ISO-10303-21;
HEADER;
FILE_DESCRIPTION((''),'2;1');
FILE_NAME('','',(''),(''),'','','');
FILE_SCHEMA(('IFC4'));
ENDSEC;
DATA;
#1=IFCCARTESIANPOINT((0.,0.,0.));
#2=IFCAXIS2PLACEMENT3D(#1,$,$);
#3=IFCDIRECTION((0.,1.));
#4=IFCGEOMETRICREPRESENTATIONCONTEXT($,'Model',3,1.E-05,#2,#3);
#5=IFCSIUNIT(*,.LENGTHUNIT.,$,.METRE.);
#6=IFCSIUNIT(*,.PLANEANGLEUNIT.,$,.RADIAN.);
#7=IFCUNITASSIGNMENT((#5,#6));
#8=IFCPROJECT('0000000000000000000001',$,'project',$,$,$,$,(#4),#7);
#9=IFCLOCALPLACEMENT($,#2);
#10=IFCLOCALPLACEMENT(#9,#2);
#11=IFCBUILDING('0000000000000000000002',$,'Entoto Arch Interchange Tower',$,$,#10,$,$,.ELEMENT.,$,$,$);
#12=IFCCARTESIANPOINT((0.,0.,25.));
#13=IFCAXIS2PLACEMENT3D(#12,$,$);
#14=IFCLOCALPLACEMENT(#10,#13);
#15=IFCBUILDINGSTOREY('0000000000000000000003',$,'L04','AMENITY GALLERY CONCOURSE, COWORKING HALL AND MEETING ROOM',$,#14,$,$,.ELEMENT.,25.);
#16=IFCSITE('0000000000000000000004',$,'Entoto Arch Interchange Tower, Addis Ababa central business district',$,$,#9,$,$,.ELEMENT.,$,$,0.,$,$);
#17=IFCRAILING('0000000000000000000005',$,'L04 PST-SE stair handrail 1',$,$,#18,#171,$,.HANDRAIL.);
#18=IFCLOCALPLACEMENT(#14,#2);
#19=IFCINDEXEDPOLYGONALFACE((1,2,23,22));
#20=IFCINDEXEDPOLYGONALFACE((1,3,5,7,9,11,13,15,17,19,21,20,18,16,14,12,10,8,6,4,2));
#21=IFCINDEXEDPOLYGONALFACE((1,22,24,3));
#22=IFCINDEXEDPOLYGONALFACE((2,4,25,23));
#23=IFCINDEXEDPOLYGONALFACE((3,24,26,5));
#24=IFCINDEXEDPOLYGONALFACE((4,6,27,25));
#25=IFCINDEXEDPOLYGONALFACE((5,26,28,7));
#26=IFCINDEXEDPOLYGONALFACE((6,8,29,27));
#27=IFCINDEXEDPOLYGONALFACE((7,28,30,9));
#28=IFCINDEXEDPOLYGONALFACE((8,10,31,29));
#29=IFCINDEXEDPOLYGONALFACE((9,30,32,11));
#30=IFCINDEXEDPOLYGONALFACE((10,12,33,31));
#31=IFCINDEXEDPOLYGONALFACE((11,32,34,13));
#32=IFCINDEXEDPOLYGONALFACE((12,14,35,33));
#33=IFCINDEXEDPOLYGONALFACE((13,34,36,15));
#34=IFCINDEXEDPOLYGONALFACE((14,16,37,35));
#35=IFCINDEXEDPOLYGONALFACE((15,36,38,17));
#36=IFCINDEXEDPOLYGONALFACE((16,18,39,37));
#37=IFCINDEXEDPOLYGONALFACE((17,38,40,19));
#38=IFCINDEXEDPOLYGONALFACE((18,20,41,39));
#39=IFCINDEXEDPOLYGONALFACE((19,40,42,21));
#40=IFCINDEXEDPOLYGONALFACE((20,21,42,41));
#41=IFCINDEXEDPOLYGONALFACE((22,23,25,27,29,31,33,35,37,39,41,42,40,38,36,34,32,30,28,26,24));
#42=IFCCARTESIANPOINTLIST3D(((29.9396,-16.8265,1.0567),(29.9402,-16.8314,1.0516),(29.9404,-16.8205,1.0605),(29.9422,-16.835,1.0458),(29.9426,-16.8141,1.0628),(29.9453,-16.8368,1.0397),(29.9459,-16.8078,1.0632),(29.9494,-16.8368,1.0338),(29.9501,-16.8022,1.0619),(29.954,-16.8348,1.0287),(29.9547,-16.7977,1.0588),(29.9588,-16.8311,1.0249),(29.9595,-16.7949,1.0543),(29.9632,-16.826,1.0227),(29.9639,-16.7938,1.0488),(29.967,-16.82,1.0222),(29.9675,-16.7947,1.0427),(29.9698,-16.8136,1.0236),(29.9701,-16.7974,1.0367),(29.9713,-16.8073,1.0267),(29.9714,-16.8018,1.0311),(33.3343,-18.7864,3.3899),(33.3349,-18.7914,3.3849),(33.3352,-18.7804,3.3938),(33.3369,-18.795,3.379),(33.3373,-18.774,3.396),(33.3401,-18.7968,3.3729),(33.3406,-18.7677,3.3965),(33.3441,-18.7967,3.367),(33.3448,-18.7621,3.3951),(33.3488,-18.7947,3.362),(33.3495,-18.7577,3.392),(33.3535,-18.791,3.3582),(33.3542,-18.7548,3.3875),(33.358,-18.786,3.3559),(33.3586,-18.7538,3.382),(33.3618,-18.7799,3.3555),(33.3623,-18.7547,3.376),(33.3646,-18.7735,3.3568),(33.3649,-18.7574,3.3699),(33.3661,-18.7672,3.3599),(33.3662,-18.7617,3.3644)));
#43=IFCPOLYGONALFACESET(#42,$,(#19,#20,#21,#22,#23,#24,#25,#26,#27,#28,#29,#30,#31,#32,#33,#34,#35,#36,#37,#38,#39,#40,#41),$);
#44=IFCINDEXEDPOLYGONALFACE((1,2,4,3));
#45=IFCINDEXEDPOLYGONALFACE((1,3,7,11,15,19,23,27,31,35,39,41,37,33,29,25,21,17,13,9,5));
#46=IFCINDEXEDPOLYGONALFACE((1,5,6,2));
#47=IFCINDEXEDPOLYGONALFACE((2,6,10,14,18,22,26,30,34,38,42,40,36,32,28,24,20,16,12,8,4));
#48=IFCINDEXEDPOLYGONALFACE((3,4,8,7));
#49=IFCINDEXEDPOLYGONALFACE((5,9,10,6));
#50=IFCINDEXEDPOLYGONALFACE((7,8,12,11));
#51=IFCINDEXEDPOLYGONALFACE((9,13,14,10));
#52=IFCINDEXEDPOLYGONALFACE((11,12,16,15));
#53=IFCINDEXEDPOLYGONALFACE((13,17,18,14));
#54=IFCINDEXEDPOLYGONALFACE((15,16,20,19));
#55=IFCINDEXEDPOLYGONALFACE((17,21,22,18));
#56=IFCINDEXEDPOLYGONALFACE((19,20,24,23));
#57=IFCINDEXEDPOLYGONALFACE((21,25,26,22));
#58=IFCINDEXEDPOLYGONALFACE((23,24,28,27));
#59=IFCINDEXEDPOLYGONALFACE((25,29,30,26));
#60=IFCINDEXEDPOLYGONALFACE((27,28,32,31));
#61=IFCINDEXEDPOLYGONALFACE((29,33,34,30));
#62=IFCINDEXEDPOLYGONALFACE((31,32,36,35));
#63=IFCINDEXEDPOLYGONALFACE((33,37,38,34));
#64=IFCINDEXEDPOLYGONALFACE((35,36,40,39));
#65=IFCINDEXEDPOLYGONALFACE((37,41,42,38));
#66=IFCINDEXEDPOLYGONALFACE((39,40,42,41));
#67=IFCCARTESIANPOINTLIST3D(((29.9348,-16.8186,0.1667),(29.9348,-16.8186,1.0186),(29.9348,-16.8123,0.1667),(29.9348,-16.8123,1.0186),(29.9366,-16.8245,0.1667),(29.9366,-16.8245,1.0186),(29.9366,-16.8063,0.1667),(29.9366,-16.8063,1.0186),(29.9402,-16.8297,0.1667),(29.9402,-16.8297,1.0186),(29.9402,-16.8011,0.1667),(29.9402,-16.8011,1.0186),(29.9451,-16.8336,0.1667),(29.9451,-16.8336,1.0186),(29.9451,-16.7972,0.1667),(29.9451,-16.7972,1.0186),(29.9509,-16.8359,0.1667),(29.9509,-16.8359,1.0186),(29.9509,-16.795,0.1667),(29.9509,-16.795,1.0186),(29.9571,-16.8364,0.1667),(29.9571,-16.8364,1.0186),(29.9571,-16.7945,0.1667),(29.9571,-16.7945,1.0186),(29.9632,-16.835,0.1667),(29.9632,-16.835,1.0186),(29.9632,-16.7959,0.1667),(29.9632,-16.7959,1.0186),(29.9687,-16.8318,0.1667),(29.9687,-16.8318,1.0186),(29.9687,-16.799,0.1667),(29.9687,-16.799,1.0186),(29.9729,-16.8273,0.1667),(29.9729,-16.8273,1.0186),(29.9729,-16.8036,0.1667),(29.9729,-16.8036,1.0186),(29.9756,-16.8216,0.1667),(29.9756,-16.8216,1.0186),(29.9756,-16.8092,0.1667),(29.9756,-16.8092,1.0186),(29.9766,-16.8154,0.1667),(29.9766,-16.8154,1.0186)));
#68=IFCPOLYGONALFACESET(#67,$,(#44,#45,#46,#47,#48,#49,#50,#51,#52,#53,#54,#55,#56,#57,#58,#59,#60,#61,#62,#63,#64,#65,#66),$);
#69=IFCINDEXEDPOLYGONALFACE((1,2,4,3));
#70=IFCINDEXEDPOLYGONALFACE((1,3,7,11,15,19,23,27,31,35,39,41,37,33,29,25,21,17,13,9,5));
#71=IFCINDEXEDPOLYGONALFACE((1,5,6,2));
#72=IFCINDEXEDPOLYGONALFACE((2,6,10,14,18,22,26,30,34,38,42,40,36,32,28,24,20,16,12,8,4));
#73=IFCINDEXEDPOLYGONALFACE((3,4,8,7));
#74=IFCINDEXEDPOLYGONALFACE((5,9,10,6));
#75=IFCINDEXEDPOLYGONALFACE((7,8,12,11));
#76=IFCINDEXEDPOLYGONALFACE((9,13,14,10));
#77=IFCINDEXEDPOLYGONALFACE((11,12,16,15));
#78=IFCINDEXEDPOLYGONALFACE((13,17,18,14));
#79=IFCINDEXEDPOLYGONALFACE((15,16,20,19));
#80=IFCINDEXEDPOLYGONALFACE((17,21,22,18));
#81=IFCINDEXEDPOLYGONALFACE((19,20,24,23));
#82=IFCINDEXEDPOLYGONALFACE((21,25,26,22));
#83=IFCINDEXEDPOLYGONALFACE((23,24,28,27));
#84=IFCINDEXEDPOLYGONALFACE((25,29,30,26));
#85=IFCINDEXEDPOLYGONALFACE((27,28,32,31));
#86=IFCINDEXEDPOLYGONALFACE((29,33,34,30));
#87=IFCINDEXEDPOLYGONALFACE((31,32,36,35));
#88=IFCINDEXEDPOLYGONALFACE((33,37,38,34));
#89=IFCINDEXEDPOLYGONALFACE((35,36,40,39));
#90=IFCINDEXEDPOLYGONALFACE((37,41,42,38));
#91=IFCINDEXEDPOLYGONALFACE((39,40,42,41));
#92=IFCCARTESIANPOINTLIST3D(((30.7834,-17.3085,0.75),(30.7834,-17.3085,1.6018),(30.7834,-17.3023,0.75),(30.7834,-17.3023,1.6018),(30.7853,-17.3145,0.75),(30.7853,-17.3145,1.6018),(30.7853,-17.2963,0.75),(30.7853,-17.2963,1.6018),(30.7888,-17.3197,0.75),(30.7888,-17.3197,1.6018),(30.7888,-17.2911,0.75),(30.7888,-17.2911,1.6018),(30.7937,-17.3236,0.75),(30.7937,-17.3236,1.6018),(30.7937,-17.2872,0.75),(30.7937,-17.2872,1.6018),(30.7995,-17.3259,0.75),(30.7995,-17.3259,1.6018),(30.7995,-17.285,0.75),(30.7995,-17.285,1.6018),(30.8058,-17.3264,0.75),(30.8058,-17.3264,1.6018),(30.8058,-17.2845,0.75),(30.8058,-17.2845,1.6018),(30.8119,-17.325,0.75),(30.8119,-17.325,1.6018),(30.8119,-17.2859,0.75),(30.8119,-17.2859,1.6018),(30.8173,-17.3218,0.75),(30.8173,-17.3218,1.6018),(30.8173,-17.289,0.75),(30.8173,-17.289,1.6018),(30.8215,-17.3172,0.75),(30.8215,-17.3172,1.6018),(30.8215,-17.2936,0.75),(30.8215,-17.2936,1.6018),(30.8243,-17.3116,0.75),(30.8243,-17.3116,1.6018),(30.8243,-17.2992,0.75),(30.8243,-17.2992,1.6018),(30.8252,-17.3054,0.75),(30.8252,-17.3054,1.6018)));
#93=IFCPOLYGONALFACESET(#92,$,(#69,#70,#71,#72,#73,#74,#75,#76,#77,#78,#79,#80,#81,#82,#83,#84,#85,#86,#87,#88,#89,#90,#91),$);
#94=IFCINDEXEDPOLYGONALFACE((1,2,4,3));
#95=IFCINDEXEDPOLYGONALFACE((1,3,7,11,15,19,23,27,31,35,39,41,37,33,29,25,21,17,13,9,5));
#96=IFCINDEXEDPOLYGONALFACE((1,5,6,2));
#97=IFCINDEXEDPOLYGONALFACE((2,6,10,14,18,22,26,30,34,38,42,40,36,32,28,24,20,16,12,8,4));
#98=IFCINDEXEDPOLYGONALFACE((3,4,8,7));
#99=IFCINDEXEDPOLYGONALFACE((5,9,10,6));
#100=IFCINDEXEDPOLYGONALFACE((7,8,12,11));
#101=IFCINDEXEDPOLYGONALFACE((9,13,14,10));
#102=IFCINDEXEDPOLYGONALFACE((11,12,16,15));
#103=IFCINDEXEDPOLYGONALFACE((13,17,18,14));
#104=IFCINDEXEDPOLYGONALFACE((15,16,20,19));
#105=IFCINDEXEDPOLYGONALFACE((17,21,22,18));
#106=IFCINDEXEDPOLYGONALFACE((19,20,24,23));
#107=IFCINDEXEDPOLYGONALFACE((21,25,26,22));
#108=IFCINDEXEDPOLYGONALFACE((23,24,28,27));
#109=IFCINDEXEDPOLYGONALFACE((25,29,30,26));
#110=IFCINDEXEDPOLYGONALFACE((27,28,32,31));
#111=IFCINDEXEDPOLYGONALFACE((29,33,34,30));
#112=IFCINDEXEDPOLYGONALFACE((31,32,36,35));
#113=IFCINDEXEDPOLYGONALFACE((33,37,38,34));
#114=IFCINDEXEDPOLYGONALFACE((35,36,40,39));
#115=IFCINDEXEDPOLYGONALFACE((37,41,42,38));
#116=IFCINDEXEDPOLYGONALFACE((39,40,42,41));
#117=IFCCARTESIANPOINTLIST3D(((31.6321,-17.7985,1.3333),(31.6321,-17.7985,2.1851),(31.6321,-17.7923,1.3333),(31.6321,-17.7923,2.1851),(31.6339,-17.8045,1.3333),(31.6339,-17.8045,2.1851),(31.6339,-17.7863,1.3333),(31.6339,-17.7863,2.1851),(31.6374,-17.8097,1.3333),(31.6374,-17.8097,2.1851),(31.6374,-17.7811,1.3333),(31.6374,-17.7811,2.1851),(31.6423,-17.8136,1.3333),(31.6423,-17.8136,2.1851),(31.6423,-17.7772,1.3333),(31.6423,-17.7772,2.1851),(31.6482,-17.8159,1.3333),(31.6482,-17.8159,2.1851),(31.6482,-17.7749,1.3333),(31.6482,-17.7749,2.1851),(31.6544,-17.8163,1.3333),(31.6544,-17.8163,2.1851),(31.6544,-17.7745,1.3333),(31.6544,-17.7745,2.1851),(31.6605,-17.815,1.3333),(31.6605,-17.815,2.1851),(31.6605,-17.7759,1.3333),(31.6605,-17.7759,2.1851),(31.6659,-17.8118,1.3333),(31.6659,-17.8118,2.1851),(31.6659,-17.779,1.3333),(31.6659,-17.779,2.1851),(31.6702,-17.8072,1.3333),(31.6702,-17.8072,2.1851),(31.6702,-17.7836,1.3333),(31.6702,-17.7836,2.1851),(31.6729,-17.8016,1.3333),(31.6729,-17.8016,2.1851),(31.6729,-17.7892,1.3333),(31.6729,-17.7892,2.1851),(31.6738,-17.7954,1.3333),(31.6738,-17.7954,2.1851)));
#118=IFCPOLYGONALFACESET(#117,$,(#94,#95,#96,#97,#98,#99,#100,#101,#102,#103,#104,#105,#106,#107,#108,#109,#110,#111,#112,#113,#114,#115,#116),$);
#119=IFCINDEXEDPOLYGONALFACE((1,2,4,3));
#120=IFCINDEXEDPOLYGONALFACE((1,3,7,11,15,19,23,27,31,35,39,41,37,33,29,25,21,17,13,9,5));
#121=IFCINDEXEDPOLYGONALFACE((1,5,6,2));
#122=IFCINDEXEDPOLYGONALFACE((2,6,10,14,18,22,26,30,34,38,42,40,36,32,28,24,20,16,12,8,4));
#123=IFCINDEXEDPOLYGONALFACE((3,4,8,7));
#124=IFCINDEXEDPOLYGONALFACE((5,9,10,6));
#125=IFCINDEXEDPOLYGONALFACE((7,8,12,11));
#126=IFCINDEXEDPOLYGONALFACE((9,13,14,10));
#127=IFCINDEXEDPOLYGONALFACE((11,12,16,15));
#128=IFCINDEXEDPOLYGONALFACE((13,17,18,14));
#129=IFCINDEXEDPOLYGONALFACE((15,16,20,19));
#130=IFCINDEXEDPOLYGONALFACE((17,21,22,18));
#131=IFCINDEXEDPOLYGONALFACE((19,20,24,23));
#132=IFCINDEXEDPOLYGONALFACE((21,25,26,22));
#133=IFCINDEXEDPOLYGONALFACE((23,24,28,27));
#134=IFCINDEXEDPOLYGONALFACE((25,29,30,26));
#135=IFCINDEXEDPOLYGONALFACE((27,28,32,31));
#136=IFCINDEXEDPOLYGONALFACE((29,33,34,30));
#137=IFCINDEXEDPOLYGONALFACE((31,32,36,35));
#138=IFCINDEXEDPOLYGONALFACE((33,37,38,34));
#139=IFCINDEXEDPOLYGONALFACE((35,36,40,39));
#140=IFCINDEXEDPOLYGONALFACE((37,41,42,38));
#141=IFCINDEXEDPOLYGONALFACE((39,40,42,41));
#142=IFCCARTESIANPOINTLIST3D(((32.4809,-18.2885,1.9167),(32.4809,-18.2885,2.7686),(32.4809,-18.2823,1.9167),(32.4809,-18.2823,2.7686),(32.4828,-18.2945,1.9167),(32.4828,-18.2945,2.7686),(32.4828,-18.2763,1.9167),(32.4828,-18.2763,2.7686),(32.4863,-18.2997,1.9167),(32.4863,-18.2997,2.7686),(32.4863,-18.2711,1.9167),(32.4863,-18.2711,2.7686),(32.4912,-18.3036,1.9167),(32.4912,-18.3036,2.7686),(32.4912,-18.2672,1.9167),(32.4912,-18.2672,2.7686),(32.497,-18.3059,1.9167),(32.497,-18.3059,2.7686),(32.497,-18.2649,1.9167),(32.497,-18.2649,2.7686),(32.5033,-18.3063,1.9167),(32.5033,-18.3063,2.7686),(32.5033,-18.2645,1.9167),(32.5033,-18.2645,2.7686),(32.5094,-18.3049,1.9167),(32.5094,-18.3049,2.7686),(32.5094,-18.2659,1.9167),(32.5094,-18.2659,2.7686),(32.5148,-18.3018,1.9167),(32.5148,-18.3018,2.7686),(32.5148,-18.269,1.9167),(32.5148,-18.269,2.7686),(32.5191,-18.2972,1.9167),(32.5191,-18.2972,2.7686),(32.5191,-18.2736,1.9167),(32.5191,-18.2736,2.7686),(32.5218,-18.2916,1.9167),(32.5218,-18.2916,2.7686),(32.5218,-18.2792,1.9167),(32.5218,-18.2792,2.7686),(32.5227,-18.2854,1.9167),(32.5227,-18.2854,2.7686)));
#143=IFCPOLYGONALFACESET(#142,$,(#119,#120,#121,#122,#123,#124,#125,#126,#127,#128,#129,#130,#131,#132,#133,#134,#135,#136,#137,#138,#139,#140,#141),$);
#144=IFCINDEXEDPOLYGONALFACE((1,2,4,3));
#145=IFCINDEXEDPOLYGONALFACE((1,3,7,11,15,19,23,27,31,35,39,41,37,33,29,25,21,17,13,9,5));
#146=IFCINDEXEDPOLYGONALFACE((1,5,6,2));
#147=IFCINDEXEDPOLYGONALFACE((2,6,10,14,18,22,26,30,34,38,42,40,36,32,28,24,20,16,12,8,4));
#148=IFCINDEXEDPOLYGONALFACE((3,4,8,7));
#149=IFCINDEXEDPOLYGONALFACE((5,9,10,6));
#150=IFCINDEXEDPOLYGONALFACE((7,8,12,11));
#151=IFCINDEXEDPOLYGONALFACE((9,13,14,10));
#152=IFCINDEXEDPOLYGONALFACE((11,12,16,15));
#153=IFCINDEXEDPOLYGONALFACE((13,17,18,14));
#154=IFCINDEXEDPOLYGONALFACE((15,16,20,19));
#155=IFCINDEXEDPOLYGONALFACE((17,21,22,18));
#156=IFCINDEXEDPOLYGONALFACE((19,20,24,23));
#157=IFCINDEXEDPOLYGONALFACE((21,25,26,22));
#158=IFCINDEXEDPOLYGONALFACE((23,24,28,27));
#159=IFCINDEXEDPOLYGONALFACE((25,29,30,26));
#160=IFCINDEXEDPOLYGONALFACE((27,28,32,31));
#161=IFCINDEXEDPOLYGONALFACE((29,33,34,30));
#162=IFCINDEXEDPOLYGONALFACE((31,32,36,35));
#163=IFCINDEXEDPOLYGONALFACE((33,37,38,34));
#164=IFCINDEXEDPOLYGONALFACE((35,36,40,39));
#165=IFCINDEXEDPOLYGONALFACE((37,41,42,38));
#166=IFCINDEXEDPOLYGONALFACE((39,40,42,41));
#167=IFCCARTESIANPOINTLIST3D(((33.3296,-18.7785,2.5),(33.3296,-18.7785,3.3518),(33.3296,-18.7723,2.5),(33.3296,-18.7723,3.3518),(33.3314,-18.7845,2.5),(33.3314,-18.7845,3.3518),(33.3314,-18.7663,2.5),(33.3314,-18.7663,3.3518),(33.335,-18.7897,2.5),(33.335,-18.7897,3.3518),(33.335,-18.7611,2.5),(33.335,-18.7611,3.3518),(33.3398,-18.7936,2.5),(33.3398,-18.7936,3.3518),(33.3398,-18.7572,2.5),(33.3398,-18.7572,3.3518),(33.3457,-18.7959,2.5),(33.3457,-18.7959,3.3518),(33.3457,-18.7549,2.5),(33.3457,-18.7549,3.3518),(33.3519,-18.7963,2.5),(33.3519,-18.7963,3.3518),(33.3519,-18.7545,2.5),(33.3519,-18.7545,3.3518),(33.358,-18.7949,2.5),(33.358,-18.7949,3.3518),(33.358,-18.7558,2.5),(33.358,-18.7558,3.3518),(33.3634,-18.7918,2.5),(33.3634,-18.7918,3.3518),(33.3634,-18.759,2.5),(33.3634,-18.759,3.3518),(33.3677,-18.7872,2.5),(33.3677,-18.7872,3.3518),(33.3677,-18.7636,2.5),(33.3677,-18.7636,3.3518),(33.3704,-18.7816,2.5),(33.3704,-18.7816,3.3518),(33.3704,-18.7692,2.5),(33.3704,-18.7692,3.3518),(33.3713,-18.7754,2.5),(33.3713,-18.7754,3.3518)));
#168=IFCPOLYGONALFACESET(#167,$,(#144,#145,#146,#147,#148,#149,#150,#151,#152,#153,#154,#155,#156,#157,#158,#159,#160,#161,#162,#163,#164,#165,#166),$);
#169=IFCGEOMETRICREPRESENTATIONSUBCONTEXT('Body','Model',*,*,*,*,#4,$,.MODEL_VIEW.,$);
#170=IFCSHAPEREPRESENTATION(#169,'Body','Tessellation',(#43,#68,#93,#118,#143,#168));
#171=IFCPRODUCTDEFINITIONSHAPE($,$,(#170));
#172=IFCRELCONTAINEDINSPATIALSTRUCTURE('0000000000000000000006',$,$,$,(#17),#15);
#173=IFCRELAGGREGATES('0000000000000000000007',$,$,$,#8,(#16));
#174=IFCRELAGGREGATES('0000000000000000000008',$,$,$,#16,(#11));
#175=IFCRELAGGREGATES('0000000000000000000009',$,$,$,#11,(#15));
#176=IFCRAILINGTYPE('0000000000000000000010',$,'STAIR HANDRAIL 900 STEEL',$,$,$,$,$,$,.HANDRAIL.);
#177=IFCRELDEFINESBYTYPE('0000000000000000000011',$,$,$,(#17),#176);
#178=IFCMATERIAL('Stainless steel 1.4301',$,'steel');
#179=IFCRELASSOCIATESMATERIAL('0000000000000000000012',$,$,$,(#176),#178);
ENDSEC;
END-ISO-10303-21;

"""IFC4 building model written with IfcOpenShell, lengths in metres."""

from ifc_helpers import new_model, si_unit, direction, frame, origin, origin_2d, place, context, subcontext, project, spatial, circle, extrude, material, type_object, element, save


model = new_model("IFC4")

# Units and contexts
model_context = context("Model", 3, precision=1e-05, world=origin(), true_north=direction((0.0, 1.0)))
body_context = subcontext(model_context, "Body", "Model", "MODEL_VIEW")
ifc_project = project(units=[si_unit("LENGTHUNIT", "METRE"), si_unit("PLANEANGLEUNIT", "RADIAN")], contexts=[model_context])

# Site, building, storey
site_placement = place(None, origin())
site = spatial("IfcSite", under=ifc_project, at=site_placement, Name="Entoto Arch Interchange Tower, Addis Ababa central business district", CompositionType="ELEMENT", RefElevation=0.0)
building_placement = place(site_placement, origin())
building = spatial("IfcBuilding", under=site, at=building_placement, Name="Entoto Arch Interchange Tower", CompositionType="ELEMENT")
storey_placement = place(building_placement, frame((0.0, 0.0, 25.0)))
storey = spatial("IfcBuildingStorey", under=building, at=storey_placement, Name="L04", Description="AMENITY GALLERY CONCOURSE, COWORKING HALL AND MEETING ROOM", CompositionType="ELEMENT", Elevation=25.0)

# Railing
ifc_material_1 = material(Name="Stainless steel 1.4301", Category="steel")
railing_type_1 = type_object("IfcRailingType", Name="STAIR HANDRAIL 900 STEEL", PredefinedType="HANDRAIL", material=ifc_material_1)
railing_1_placement = place(storey_placement, frame((29.9556, -16.8154, 0.1667)))
element("IfcRailing", 1, at=railing_1_placement, inside=storey, type_object=railing_type_1, Name="L04 PST-SE stair handrail 1", PredefinedType="HANDRAIL", context=body_context, shape_type="SweptSolid", body=[
    extrude(circle(Radius=0.0239, at=origin_2d()), frame((0.0, 0.0, 0.876), z_axis=(0.744175, -0.429646, 0.511476), x_axis=(0.499997, 0.866027, 0.0)), (0.0, 0.0, 1.0), 4.5618),
    extrude(circle(Radius=0.021, at=origin_2d()), origin(), (0.0, 0.0, 1.0), 0.8518),
    extrude(circle(Radius=0.021, at=origin_2d()), frame((0.8486, -0.49, 0.5833)), (0.0, 0.0, 1.0), 0.8518),
    extrude(circle(Radius=0.021, at=origin_2d()), frame((1.6973, -0.98, 1.1665)), (0.0, 0.0, 1.0), 0.8518),
    extrude(circle(Radius=0.021, at=origin_2d()), frame((2.5461, -1.47, 1.75)), (0.0, 0.0, 1.0), 0.8518),
    extrude(circle(Radius=0.021, at=origin_2d()), frame((3.3948, -1.96, 2.3333)), (0.0, 0.0, 1.0), 0.8518),
])

save(model, "model.ifc")
